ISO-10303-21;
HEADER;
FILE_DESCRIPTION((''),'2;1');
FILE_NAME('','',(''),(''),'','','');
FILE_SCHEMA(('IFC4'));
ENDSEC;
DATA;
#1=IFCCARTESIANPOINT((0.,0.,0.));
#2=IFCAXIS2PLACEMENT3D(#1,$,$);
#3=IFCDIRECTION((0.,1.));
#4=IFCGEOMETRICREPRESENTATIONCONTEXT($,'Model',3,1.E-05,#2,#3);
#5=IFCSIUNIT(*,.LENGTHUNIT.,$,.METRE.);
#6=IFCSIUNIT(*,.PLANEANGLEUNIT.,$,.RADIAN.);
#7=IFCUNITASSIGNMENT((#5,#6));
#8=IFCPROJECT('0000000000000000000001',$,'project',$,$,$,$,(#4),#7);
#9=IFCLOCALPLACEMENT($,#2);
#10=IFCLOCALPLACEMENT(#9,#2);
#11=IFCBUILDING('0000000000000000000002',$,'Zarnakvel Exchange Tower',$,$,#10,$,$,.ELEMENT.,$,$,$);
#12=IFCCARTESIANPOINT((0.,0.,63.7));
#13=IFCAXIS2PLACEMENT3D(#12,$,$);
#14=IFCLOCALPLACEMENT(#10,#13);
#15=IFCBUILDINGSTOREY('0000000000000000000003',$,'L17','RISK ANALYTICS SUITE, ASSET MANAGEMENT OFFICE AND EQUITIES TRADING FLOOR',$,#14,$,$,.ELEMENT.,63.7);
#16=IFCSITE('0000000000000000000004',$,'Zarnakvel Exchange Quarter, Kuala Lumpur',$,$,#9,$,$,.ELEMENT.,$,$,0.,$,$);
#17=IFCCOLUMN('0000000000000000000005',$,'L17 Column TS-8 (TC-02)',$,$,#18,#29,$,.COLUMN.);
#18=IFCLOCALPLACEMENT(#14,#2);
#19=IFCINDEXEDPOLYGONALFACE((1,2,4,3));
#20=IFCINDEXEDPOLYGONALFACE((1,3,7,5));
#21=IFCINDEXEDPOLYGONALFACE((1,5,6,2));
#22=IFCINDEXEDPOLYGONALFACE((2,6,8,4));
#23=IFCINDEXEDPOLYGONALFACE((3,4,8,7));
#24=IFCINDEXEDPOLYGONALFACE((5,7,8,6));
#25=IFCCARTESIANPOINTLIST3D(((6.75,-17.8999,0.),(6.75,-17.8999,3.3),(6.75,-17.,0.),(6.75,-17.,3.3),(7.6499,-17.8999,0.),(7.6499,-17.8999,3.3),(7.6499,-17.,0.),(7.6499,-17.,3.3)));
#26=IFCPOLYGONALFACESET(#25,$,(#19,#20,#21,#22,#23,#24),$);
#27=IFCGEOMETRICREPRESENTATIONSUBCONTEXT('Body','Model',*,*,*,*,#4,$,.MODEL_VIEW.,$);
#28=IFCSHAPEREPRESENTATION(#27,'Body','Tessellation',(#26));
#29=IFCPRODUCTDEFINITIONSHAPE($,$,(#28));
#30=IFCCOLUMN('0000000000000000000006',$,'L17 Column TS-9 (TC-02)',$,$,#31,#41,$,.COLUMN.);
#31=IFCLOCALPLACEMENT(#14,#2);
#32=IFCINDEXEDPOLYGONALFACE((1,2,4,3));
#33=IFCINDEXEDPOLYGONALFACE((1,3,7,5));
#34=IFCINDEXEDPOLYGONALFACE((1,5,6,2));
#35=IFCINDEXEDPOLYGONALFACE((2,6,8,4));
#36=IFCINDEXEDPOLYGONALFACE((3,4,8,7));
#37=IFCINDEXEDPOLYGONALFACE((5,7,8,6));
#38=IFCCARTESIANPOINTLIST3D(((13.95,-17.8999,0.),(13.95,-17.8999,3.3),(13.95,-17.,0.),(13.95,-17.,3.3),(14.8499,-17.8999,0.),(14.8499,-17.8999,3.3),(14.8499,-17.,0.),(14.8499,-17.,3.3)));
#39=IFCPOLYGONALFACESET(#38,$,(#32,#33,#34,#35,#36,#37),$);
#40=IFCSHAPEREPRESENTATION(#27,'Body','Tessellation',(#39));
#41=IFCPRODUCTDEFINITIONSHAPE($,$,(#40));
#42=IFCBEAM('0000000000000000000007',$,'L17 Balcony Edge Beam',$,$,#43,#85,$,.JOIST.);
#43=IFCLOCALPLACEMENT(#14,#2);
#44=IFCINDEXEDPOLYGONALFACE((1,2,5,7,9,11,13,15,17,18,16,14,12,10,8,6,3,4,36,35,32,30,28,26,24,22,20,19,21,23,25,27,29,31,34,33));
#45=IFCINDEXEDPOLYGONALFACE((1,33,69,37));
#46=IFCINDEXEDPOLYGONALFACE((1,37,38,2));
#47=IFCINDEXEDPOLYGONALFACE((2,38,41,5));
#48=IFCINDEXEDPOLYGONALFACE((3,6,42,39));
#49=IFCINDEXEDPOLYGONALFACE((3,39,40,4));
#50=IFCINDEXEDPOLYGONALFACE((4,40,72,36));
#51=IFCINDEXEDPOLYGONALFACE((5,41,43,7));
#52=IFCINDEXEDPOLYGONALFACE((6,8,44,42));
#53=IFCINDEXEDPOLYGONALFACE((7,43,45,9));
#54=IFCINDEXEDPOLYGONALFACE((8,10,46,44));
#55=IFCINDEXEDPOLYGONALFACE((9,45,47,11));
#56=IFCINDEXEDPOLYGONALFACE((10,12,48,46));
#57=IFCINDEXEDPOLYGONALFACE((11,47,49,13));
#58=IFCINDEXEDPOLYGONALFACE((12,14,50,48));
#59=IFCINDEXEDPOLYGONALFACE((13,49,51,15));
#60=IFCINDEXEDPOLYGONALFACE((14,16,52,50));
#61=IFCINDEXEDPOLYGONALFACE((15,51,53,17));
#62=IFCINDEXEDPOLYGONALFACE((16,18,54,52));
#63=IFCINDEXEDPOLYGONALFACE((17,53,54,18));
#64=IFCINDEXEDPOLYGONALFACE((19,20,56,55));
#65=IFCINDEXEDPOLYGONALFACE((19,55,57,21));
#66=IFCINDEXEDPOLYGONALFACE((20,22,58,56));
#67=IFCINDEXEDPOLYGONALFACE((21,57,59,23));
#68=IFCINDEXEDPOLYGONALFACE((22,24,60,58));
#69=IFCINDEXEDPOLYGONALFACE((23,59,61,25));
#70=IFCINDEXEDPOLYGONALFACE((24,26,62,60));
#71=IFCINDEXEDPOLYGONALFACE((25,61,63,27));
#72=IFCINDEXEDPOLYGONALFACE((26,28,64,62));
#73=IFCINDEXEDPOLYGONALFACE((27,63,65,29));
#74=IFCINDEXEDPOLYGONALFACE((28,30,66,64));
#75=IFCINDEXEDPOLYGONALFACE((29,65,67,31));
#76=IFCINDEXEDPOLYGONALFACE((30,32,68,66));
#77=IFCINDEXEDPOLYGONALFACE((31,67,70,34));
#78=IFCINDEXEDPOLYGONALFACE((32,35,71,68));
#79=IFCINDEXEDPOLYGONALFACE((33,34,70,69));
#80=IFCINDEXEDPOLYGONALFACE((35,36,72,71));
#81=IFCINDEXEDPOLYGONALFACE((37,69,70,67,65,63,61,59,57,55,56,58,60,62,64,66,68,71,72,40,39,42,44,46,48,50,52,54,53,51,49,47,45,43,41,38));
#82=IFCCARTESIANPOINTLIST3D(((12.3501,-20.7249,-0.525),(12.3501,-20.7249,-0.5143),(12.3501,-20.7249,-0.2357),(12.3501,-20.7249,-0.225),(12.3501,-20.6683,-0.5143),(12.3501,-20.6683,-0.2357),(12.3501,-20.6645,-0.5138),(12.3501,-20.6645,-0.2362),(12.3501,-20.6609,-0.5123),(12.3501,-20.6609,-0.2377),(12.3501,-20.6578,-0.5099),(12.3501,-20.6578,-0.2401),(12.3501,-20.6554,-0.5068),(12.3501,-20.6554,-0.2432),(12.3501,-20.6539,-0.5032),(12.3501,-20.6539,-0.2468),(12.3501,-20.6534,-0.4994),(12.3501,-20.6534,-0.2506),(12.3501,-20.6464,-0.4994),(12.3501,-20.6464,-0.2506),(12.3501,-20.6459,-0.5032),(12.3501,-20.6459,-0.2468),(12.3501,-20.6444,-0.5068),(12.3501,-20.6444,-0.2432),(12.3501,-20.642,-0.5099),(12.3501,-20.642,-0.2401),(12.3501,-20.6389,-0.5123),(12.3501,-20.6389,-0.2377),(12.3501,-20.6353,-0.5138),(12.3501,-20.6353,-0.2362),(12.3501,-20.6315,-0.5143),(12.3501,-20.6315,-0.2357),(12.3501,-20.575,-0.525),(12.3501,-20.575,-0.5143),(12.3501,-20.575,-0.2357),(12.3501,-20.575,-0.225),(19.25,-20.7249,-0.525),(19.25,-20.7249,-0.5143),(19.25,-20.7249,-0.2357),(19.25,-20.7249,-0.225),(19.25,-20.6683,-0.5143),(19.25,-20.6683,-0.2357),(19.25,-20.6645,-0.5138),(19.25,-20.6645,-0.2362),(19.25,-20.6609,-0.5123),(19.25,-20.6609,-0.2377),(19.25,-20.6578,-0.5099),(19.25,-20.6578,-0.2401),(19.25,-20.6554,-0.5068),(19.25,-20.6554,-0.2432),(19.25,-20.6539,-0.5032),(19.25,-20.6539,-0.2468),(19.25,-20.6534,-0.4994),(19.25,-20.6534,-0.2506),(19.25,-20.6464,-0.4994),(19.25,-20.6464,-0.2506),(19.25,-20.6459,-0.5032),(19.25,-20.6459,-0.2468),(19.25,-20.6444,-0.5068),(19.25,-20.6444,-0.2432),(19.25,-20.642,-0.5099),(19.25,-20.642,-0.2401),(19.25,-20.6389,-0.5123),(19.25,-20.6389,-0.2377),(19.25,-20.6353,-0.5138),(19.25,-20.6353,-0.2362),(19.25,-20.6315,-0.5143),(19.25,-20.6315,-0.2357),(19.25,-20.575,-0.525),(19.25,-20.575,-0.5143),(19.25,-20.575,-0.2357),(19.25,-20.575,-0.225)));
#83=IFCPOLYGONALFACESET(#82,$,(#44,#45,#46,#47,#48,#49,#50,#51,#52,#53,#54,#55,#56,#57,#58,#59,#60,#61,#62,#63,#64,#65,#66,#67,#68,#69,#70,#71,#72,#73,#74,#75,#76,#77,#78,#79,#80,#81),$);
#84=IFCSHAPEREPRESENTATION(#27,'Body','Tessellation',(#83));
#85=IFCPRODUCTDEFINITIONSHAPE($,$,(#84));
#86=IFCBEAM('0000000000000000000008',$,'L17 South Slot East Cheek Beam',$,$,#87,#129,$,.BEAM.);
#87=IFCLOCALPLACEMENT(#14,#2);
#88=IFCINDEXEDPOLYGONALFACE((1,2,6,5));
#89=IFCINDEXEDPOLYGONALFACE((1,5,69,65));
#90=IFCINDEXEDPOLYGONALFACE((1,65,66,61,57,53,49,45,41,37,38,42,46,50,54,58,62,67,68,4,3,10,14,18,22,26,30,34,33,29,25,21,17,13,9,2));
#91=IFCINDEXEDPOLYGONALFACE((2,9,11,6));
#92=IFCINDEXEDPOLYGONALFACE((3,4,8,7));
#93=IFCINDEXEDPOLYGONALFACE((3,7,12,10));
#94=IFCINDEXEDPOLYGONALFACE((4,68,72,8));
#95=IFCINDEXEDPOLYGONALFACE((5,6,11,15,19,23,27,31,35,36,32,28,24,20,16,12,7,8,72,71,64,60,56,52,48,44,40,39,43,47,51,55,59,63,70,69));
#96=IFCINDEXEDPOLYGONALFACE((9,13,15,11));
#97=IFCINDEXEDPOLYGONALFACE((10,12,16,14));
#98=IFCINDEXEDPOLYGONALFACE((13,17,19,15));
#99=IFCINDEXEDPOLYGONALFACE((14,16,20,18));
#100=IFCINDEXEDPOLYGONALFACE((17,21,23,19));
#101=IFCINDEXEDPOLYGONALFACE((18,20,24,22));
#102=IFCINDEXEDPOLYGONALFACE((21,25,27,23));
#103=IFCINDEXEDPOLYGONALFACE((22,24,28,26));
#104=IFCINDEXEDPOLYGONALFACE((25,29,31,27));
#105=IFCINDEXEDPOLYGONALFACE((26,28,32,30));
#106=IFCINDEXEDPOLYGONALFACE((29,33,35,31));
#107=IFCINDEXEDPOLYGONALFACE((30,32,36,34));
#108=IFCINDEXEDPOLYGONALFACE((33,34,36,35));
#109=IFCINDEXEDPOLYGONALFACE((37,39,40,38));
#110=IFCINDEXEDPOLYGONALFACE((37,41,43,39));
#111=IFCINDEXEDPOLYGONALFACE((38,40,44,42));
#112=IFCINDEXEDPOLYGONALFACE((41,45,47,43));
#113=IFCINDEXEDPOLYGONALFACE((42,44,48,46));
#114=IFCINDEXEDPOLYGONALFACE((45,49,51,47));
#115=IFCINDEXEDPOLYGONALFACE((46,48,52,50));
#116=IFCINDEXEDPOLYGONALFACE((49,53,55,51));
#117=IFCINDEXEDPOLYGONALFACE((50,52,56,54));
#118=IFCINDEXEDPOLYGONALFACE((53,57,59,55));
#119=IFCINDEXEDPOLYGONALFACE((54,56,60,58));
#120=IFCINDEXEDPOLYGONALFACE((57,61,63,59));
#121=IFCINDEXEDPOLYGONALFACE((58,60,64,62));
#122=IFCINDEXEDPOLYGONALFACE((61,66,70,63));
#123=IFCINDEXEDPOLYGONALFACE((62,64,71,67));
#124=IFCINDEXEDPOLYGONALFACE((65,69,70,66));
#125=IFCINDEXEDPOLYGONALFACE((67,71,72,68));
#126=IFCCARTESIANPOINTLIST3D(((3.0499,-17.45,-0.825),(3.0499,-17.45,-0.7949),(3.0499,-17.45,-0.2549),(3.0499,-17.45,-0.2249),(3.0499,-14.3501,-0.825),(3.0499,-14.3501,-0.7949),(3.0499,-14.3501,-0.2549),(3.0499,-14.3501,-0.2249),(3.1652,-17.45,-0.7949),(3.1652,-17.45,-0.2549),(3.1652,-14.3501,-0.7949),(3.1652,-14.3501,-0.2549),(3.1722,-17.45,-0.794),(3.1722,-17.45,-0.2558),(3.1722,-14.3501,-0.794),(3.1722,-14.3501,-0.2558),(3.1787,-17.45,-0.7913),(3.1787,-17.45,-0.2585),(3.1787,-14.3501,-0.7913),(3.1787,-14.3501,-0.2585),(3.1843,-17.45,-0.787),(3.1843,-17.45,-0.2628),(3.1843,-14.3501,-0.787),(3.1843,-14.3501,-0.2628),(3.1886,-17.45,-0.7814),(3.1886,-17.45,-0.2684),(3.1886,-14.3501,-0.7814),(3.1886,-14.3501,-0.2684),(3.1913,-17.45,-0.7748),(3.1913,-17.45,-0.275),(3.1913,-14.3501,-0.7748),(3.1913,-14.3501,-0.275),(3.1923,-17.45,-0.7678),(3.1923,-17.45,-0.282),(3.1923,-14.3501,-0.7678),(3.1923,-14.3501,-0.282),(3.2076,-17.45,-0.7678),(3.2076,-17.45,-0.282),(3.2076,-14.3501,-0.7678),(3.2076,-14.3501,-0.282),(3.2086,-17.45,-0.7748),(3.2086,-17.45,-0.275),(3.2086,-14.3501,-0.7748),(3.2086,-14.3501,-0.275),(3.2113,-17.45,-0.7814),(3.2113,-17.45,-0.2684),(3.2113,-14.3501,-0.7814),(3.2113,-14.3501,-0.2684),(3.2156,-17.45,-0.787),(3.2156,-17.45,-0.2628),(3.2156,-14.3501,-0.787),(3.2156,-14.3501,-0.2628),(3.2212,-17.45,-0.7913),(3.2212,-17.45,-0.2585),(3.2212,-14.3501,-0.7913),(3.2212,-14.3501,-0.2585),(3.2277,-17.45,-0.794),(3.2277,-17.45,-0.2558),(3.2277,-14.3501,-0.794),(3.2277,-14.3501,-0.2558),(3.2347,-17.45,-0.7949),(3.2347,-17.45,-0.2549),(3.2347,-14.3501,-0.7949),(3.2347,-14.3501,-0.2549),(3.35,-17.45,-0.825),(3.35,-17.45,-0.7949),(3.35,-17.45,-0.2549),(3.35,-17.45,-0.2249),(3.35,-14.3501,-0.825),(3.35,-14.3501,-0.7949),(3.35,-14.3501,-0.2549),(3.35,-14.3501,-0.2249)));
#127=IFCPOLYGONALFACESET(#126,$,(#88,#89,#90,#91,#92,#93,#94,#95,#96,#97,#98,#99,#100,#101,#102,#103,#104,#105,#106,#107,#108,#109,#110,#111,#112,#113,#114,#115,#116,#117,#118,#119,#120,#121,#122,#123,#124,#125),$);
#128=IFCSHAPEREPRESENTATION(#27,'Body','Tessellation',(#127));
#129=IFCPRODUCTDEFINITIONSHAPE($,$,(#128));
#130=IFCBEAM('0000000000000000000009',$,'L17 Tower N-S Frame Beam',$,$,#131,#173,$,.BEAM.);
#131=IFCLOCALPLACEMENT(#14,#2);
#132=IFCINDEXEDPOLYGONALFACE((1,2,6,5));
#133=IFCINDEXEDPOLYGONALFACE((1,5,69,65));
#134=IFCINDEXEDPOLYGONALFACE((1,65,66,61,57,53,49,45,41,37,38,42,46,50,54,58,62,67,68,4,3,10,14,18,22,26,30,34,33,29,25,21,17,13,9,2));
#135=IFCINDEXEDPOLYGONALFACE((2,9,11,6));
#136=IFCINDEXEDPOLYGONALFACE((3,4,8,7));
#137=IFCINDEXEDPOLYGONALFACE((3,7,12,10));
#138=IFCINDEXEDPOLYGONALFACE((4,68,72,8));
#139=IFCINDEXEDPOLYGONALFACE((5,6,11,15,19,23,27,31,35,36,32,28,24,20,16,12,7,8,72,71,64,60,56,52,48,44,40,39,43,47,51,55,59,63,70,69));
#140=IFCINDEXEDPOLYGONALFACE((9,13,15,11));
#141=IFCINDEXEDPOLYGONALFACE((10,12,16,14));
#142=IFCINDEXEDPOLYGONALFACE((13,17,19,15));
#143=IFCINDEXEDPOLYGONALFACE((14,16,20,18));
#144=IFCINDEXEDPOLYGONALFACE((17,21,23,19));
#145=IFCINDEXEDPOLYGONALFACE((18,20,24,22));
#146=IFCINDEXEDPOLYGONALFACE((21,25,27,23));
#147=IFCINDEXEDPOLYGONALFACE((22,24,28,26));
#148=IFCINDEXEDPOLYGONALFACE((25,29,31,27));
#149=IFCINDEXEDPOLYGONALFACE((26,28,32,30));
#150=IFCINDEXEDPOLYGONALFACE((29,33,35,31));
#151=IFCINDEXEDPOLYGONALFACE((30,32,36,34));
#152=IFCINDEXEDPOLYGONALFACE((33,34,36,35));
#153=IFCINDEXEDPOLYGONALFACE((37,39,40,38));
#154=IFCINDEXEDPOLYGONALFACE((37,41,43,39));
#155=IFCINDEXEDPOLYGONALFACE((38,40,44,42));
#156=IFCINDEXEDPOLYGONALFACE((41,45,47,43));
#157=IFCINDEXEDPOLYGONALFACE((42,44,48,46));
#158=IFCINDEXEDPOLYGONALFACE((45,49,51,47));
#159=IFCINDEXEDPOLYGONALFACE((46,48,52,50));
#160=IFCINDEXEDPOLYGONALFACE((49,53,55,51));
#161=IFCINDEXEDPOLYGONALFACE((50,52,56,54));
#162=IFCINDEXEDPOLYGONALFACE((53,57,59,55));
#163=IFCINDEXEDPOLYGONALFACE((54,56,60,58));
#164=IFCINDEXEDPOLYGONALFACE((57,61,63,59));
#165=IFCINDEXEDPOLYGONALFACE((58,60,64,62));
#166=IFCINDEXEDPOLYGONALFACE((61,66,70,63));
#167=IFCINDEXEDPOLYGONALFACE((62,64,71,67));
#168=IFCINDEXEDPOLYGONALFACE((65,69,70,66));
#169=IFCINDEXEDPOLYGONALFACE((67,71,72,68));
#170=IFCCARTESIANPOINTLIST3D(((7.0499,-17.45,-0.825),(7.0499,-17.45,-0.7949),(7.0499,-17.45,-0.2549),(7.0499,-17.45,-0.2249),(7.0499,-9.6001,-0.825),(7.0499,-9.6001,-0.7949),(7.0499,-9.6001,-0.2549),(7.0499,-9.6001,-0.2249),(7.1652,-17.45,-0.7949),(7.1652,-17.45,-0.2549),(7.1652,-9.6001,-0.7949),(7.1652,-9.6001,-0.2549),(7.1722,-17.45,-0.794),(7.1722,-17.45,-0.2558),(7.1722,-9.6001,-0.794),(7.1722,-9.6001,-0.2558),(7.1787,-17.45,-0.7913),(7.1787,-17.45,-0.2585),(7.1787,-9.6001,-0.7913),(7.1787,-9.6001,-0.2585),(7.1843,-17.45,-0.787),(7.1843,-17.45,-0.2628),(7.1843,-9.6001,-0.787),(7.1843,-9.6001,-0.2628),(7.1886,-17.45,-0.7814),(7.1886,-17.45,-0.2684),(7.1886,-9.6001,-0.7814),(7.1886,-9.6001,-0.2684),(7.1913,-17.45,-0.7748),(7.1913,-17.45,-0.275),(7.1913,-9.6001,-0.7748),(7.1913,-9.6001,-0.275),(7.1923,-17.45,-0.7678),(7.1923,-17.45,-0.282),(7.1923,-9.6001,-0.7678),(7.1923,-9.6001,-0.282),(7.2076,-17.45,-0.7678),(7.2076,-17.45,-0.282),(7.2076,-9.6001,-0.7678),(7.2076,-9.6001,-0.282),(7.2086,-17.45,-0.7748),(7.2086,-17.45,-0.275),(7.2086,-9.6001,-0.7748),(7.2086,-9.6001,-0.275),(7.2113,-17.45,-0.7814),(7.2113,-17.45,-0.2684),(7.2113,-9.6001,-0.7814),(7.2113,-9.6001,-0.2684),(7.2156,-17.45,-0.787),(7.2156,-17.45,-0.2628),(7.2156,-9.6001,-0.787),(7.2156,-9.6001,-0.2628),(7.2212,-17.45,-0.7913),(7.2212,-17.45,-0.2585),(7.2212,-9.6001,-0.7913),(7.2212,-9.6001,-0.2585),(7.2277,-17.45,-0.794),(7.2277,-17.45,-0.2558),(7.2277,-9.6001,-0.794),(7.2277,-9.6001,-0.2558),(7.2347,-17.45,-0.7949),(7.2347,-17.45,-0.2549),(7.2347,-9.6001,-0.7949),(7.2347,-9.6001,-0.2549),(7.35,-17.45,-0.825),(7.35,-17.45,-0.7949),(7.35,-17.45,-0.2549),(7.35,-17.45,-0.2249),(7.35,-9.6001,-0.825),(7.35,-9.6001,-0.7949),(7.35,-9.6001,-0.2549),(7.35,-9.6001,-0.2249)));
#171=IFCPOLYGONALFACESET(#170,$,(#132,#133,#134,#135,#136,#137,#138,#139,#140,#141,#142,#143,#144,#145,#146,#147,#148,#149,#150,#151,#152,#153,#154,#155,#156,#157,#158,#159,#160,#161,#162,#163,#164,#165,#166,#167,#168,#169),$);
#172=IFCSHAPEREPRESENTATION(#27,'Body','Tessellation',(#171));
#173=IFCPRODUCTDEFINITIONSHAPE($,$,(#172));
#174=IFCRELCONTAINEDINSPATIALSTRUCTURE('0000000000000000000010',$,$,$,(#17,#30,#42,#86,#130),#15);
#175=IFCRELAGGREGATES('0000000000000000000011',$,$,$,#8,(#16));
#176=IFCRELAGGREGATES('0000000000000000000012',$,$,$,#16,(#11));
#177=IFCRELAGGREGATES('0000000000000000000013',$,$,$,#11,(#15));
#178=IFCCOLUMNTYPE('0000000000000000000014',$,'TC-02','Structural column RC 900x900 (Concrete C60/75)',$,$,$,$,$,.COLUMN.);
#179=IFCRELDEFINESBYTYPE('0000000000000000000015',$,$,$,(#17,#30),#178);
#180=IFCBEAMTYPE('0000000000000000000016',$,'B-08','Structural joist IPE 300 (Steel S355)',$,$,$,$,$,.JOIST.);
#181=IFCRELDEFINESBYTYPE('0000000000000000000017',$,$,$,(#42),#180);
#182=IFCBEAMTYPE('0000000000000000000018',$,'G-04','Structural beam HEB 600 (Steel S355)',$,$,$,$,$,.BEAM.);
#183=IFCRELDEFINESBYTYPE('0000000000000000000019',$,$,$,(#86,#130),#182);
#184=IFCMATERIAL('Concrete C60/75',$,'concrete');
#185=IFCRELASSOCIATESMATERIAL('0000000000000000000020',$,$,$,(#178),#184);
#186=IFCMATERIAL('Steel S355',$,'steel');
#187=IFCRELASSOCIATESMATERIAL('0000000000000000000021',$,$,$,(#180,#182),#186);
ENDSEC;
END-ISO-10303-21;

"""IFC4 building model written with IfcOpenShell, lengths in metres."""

from ifc_helpers import new_model, si_unit, direction, frame, origin, origin_2d, place, context, subcontext, project, spatial, rectangle, i_section, extrude, material, material_profile, profile_set, type_object, element, save


model = new_model("IFC4")

# Units and contexts
model_context = context("Model", 3, precision=1e-05, world=origin(), true_north=direction((0.0, 1.0)))
body_context = subcontext(model_context, "Body", "Model", "MODEL_VIEW")
ifc_project = project(units=[si_unit("LENGTHUNIT", "METRE"), si_unit("PLANEANGLEUNIT", "RADIAN")], contexts=[model_context])

# Site, building, storey
site_placement = place(None, origin())
site = spatial("IfcSite", under=ifc_project, at=site_placement, Name="Zarnakvel Exchange Quarter, Kuala Lumpur", CompositionType="ELEMENT", RefElevation=0.0)
building_placement = place(site_placement, origin())
building = spatial("IfcBuilding", under=site, at=building_placement, Name="Zarnakvel Exchange Tower", CompositionType="ELEMENT")
storey_placement = place(building_placement, frame((0.0, 0.0, 63.7)))
storey = spatial("IfcBuildingStorey", under=building, at=storey_placement, Name="L17", Description="RISK ANALYTICS SUITE, ASSET MANAGEMENT OFFICE AND EQUITIES TRADING FLOOR", CompositionType="ELEMENT", Elevation=63.7)

# Columns
ifc_material_1 = material(Name="Concrete C60/75", Category="concrete")
ifc_material_profile_1 = material_profile(ifc_material_1, rectangle(XDim=0.8999, YDim=0.8999, at=origin_2d()))
ifc_profile_set_1 = profile_set([ifc_material_profile_1], Name="Concrete C60/75")
column_type = type_object("IfcColumnType", Name="TC-02", Description="Structural column RC 900x900 (Concrete C60/75)", PredefinedType="COLUMN", material=ifc_profile_set_1)
for number, where, z_axis, x_axis, name in (
    (1, (7.2, -17.45, 0.0), (0.0, 0.0, 1.0), (1.0, 0.0, 0.0), "L17 Column TS-8 (TC-02)"),
    (2, (14.3999, -17.45, 0.0), (0.0, 0.0, 1.0), (1.0, 0.0, 0.0), "L17 Column TS-9 (TC-02)"),
):
    element("IfcColumn", number, at=place(storey_placement, frame(where, z_axis=z_axis, x_axis=x_axis)), inside=storey, type_object=column_type, Name=name, PredefinedType="COLUMN", context=body_context, shape_type="SweptSolid", body=[
        extrude(rectangle(XDim=0.8999, YDim=0.8999, at=origin_2d()), origin(), (0.0, 0.0, 1.0), 3.3),
    ])

# Beams
ifc_material_2 = material(Name="Steel S355", Category="steel")
ifc_material_profile_2 = material_profile(ifc_material_2, i_section(OverallWidth=0.1499, OverallDepth=0.3, WebThickness=0.0071, FlangeThickness=0.0107, FilletRadius=0.0149, at=origin_2d()))
ifc_profile_set_2 = profile_set([ifc_material_profile_2], Name="Steel S355")
beam_type_1 = type_object("IfcBeamType", Name="B-08", Description="Structural joist IPE 300 (Steel S355)", PredefinedType="JOIST", material=ifc_profile_set_2)
beam_1_placement = place(storey_placement, frame((12.3501, -20.6499, -0.375), z_axis=(1.0, 0.0, 0.0), x_axis=(0.0, 1.0, 0.0)))
element("IfcBeam", 3, at=beam_1_placement, inside=storey, type_object=beam_type_1, Name="L17 Balcony Edge Beam", PredefinedType="JOIST", context=body_context, shape_type="SweptSolid", body=[
    extrude(i_section(OverallWidth=0.1499, OverallDepth=0.3, WebThickness=0.0071, FlangeThickness=0.0107, FilletRadius=0.0149, at=origin_2d()), origin(), (0.0, 0.0, 1.0), 6.8999),
])
ifc_material_profile_3 = material_profile(ifc_material_2, i_section(OverallWidth=0.3, OverallDepth=0.6001, WebThickness=0.0154, FlangeThickness=0.03, FilletRadius=0.0271, at=origin_2d()))
ifc_profile_set_3 = profile_set([ifc_material_profile_3], Name="Steel S355")
beam_type_2 = type_object("IfcBeamType", Name="G-04", Description="Structural beam HEB 600 (Steel S355)", PredefinedType="BEAM", material=ifc_profile_set_3)
beam_2_placement = place(storey_placement, frame((3.2, -17.45, -0.5249), z_axis=(0.0, 1.0, 0.0), x_axis=(-1.0, 0.0, 0.0)))
element("IfcBeam", 4, at=beam_2_placement, inside=storey, type_object=beam_type_2, Name="L17 South Slot East Cheek Beam", PredefinedType="BEAM", context=body_context, shape_type="SweptSolid", body=[
    extrude(i_section(OverallWidth=0.3, OverallDepth=0.6001, WebThickness=0.0154, FlangeThickness=0.03, FilletRadius=0.0271, at=origin_2d()), origin(), (0.0, 0.0, 1.0), 3.0999),
])
beam_3_placement = place(storey_placement, frame((7.2, -17.45, -0.5249), z_axis=(0.0, 1.0, 0.0), x_axis=(-1.0, 0.0, 0.0)))
element("IfcBeam", 5, at=beam_3_placement, inside=storey, type_object=beam_type_2, Name="L17 Tower N-S Frame Beam", PredefinedType="BEAM", context=body_context, shape_type="SweptSolid", body=[
    extrude(i_section(OverallWidth=0.3, OverallDepth=0.6001, WebThickness=0.0154, FlangeThickness=0.03, FilletRadius=0.0271, at=origin_2d()), origin(), (0.0, 0.0, 1.0), 7.8499),
])

save(model, "model.ifc")
